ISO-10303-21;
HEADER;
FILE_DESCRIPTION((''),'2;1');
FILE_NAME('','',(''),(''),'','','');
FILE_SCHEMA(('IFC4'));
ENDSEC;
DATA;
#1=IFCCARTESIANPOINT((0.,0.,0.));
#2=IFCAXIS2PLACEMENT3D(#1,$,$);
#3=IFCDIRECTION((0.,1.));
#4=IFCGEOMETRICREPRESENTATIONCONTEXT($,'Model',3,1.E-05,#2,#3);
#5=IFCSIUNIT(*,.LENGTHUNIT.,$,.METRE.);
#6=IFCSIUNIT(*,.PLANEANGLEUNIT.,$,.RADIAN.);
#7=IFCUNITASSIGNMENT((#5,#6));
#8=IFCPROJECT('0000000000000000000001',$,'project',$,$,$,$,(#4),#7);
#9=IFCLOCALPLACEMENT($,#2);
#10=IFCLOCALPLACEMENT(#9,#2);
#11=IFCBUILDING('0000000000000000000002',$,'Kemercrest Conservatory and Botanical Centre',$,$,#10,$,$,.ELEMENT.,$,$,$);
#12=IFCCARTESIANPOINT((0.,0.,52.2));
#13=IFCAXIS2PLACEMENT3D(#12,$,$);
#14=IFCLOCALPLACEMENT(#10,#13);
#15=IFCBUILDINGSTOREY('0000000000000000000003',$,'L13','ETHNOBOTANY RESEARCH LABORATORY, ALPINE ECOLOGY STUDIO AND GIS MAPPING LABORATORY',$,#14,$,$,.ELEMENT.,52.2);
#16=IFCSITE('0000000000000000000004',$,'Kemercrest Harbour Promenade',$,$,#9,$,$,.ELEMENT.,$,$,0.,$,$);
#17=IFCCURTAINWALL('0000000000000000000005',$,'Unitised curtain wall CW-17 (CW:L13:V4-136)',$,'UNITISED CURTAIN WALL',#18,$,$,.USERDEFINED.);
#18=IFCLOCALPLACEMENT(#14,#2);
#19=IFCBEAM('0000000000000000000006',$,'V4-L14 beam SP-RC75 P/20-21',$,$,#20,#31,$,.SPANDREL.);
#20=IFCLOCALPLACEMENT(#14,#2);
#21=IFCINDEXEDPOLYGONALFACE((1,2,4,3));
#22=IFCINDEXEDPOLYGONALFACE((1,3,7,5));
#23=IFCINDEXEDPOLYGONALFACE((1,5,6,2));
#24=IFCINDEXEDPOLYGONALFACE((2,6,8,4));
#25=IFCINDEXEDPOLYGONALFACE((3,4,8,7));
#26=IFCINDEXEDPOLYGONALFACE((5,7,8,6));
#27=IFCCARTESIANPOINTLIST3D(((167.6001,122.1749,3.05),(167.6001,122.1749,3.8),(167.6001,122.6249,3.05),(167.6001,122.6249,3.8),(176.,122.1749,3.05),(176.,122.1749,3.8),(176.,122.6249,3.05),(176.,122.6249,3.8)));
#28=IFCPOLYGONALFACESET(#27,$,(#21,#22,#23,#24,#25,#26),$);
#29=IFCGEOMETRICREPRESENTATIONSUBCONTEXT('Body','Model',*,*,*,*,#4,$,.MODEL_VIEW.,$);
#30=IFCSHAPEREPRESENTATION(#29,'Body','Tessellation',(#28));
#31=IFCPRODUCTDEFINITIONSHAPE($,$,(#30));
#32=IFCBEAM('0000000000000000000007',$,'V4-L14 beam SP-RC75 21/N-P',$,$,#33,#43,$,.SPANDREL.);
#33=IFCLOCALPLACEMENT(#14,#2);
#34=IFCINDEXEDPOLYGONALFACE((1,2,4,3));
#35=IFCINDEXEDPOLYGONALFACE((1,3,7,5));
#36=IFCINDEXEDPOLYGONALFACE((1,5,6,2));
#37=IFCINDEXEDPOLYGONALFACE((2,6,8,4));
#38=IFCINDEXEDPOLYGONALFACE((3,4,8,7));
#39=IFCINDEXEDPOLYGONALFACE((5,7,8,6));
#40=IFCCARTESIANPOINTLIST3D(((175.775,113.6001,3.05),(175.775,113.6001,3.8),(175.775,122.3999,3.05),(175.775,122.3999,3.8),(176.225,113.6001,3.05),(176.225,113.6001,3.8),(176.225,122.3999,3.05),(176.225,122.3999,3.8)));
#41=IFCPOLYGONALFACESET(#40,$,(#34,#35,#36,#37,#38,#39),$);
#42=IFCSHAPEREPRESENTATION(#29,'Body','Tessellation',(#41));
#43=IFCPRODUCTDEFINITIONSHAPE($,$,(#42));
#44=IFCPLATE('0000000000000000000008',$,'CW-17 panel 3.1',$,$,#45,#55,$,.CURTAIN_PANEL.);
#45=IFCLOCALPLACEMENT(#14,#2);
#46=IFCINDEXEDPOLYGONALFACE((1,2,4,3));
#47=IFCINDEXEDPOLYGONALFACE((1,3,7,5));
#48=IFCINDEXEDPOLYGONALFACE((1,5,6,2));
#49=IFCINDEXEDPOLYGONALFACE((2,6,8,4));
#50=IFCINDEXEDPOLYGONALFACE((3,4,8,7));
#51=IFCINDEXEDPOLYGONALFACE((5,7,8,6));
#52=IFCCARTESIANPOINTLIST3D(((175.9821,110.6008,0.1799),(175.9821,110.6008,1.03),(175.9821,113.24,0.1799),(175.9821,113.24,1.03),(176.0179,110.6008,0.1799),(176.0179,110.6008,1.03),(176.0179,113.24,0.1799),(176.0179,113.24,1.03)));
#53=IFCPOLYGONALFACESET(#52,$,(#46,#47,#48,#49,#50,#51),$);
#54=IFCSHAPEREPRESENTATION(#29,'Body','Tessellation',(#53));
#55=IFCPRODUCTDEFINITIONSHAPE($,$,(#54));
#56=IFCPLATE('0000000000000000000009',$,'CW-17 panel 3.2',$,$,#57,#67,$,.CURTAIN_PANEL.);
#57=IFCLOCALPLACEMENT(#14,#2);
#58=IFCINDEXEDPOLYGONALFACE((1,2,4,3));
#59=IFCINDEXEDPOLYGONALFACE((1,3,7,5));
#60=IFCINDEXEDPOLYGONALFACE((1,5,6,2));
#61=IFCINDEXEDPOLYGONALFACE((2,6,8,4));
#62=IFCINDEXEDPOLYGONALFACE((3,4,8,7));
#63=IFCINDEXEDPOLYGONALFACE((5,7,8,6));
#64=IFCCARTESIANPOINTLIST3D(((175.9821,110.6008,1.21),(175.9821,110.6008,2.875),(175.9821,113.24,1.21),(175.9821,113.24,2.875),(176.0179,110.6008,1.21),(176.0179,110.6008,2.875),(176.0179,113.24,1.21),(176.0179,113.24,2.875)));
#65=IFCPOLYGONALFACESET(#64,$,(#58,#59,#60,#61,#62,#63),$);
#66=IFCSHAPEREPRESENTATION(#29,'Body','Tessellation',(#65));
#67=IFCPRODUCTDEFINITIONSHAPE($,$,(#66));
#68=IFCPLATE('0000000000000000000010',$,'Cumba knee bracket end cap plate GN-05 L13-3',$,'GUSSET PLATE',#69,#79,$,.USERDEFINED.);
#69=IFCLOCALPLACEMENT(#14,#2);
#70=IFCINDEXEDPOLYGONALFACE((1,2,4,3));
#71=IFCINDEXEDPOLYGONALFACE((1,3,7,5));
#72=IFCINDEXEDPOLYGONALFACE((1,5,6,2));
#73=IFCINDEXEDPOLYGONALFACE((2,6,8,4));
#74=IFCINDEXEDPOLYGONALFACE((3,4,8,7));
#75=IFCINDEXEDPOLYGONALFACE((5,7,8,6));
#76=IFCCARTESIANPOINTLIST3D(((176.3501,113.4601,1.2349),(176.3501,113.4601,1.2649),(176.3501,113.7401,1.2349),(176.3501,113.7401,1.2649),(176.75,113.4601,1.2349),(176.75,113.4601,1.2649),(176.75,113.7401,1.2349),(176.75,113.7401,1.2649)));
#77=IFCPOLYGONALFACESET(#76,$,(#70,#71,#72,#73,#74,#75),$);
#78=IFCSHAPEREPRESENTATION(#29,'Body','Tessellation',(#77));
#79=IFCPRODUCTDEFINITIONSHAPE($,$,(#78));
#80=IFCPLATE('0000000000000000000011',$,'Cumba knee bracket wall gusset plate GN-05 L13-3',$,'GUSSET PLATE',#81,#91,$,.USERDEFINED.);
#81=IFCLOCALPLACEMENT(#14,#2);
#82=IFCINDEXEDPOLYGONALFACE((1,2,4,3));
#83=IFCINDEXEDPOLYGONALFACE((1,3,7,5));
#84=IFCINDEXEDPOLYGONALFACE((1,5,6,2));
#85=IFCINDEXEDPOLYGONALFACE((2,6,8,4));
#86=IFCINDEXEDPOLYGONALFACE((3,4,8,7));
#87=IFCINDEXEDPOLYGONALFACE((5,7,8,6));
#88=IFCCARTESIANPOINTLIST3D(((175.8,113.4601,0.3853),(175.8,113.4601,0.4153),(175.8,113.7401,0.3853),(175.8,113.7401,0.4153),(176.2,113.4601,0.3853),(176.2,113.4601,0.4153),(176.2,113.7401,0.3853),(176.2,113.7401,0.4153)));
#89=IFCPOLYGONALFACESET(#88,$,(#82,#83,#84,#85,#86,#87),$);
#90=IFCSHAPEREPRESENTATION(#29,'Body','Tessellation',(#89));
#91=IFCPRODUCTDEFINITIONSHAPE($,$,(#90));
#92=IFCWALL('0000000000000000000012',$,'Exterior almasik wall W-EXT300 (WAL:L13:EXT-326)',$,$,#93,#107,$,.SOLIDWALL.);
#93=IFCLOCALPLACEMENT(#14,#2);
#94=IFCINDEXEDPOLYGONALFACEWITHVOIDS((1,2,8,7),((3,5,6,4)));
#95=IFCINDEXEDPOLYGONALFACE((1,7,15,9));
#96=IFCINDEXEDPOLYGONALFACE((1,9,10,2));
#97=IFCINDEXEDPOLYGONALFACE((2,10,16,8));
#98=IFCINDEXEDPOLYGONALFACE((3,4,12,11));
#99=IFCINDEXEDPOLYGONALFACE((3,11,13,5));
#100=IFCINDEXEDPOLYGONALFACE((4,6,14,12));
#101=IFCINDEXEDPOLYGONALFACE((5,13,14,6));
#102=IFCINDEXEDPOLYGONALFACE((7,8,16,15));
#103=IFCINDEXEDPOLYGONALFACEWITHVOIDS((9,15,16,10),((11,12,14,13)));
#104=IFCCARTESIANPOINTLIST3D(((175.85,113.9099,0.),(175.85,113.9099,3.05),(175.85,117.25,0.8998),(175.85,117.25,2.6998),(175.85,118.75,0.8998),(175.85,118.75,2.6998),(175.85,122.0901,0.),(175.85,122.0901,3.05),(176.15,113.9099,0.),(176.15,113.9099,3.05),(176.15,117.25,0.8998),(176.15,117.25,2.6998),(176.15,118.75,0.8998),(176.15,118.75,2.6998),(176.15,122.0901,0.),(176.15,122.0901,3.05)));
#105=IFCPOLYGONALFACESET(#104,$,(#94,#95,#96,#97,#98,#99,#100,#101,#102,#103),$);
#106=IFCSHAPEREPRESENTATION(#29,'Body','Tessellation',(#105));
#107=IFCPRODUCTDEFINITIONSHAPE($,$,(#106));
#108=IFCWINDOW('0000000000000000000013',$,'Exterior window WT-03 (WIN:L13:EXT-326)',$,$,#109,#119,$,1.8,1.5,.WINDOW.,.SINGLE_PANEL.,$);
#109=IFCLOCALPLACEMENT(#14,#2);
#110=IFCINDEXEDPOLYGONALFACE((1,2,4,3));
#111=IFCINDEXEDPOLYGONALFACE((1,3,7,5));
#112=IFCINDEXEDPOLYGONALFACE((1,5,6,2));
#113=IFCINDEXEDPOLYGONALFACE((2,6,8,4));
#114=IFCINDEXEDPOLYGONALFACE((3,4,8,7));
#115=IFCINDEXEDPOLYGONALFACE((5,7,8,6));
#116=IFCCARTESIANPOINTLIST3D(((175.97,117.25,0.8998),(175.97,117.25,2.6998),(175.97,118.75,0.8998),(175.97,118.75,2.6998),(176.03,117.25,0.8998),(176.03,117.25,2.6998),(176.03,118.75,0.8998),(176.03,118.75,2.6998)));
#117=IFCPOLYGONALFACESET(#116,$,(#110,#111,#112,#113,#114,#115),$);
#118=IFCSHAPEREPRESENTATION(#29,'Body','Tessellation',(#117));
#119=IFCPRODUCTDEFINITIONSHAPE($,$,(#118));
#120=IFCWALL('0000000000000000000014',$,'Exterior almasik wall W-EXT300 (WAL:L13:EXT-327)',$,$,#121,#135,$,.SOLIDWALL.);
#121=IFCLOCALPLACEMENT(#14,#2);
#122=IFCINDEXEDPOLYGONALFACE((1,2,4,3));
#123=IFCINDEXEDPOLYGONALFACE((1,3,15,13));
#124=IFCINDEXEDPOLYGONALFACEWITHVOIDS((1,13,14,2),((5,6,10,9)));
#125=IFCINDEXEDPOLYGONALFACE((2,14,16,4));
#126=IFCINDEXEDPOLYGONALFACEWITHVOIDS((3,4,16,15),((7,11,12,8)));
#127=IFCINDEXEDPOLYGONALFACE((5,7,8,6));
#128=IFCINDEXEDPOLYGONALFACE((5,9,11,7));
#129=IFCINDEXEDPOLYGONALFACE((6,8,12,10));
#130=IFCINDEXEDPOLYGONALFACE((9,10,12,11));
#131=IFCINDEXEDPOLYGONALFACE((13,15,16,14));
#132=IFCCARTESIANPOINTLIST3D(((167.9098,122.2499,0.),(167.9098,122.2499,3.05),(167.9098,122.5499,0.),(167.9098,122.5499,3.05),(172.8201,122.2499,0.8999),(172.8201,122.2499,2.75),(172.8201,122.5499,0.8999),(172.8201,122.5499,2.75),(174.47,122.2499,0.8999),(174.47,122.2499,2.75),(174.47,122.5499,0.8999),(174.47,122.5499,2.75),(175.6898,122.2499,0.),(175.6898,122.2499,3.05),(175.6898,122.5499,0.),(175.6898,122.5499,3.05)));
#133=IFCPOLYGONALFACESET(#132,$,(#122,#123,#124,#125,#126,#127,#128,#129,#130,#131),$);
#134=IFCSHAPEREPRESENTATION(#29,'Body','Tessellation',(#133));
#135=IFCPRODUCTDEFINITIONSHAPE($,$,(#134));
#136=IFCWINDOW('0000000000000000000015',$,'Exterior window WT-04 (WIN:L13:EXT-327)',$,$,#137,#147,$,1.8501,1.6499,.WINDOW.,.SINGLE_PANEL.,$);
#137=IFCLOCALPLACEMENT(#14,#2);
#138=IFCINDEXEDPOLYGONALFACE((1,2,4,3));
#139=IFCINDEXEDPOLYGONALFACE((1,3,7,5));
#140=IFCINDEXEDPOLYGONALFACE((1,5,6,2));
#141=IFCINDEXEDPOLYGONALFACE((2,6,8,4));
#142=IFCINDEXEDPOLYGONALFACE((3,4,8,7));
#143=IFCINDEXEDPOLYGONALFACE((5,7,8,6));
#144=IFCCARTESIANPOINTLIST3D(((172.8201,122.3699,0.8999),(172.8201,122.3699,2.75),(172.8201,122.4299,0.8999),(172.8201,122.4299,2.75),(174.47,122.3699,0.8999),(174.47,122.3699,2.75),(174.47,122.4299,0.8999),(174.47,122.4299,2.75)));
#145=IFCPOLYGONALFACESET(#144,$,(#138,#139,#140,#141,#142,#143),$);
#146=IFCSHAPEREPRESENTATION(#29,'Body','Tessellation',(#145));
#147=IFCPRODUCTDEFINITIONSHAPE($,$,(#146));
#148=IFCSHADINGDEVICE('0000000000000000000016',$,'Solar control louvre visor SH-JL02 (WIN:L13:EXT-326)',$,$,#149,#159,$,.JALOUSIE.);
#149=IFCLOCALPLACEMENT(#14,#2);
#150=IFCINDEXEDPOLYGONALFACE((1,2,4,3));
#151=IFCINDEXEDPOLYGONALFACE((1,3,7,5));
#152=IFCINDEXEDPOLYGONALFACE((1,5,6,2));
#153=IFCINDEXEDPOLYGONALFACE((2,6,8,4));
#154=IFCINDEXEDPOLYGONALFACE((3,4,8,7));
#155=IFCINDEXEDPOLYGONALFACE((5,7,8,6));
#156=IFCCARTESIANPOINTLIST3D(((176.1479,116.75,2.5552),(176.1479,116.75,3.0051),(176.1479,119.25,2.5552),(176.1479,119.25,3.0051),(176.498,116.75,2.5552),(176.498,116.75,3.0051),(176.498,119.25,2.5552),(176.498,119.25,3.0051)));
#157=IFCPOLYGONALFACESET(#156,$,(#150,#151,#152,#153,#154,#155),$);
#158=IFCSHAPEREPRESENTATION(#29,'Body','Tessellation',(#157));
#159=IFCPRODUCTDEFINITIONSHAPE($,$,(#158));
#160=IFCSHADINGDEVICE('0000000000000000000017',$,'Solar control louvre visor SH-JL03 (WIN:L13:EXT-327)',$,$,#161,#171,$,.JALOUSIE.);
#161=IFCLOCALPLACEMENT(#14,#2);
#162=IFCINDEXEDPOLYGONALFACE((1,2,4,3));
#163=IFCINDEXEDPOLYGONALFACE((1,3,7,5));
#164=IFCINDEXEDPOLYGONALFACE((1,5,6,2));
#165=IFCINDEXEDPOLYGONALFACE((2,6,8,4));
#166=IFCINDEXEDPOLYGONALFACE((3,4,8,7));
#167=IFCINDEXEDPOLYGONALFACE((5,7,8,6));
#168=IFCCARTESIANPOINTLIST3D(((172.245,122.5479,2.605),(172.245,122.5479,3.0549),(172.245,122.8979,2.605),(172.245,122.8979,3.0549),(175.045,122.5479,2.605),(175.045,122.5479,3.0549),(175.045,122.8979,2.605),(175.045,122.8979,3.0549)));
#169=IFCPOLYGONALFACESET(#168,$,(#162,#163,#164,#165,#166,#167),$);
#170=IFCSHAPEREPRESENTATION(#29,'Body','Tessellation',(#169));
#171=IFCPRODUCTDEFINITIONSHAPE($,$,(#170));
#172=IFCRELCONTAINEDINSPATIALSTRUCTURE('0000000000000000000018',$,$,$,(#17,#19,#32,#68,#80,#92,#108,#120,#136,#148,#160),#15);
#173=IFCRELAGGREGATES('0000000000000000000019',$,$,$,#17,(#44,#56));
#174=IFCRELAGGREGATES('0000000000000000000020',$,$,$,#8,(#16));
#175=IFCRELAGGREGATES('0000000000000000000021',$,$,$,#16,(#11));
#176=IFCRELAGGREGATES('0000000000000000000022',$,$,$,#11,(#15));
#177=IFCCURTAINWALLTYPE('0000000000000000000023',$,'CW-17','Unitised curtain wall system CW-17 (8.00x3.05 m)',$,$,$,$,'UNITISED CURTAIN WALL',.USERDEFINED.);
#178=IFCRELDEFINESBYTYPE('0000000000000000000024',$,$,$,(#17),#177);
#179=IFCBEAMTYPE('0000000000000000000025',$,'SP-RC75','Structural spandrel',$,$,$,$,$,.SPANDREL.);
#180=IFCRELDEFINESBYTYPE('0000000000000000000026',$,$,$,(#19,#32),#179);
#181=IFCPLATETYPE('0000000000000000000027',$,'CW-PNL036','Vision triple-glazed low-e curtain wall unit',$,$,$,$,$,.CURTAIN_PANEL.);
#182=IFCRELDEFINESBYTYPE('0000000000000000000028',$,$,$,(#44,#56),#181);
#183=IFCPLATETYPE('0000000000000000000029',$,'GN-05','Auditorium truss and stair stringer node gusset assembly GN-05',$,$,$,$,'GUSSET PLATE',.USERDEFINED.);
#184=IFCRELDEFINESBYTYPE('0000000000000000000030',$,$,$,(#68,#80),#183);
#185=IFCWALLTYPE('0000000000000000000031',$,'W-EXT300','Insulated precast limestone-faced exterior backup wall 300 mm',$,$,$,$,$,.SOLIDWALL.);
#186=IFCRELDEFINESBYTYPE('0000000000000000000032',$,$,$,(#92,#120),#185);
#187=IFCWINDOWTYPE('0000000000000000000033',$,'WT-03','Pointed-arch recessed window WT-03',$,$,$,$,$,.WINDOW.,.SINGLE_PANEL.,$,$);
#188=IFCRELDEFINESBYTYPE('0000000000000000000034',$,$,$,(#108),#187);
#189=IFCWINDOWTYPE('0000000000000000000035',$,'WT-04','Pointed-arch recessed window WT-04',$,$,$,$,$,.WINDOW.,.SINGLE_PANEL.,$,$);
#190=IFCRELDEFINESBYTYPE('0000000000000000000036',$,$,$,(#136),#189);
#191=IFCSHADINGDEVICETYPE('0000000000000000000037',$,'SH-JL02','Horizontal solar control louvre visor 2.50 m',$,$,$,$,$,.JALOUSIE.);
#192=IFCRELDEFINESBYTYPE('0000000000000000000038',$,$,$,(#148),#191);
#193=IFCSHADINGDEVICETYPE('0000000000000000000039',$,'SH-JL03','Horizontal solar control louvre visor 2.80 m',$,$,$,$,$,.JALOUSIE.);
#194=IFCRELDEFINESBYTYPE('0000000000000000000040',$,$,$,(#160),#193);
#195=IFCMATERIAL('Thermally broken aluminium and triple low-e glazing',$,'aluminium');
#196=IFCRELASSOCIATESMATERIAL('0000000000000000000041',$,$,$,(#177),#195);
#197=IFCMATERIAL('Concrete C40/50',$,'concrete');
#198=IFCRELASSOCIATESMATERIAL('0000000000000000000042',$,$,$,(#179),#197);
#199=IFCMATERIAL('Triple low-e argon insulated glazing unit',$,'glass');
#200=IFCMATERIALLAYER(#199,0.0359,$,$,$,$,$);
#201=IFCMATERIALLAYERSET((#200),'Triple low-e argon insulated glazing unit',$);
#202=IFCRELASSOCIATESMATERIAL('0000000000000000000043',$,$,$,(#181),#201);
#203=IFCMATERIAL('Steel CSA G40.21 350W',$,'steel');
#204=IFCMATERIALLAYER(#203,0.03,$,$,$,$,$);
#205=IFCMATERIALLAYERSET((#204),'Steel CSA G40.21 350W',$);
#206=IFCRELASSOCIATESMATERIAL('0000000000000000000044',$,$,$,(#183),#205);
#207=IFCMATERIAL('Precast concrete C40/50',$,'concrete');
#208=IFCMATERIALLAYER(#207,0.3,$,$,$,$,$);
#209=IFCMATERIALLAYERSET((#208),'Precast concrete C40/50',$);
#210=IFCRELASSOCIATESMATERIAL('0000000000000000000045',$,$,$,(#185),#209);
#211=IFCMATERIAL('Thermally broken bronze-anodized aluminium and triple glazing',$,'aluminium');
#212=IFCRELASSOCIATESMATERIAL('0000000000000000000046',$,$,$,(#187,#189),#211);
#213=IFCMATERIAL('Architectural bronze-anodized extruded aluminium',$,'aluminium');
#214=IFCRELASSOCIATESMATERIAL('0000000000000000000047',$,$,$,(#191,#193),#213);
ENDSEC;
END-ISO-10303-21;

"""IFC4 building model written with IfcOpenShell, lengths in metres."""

from ifc_helpers import new_model, si_unit, direction, frame, frame_2d, origin, origin_2d, place, context, subcontext, project, spatial, rectangle, extrude, material, layer, layer_set, material_profile, profile_set, type_object, element, fill, aggregate, save


model = new_model("IFC4")

# Units and contexts
model_context = context("Model", 3, precision=1e-05, world=origin(), true_north=direction((0.0, 1.0)))
body_context = subcontext(model_context, "Body", "Model", "MODEL_VIEW")
ifc_project = project(units=[si_unit("LENGTHUNIT", "METRE"), si_unit("PLANEANGLEUNIT", "RADIAN")], contexts=[model_context])

# Site, building, storey
site_placement = place(None, origin())
site = spatial("IfcSite", under=ifc_project, at=site_placement, Name="Kemercrest Harbour Promenade", CompositionType="ELEMENT", RefElevation=0.0)
building_placement = place(site_placement, origin())
building = spatial("IfcBuilding", under=site, at=building_placement, Name="Kemercrest Conservatory and Botanical Centre", CompositionType="ELEMENT")
storey_placement = place(building_placement, frame((0.0, 0.0, 52.2)))
storey = spatial("IfcBuildingStorey", under=building, at=storey_placement, Name="L13", Description="ETHNOBOTANY RESEARCH LABORATORY, ALPINE ECOLOGY STUDIO AND GIS MAPPING LABORATORY", CompositionType="ELEMENT", Elevation=52.2)

# Shared definitions
ifc_material_1 = material(Name="Concrete C40/50", Category="concrete")

# Shared definitions
ifc_material_2 = material(Name="Steel CSA G40.21 350W", Category="steel")

# Curtain wall
ifc_material_3 = material(Name="Thermally broken aluminium and triple low-e glazing", Category="aluminium")
curtain_wall_type = type_object("IfcCurtainWallType", Name="CW-17", Description="Unitised curtain wall system CW-17 (8.00x3.05 m)", ElementType="UNITISED CURTAIN WALL", PredefinedType="USERDEFINED", material=ifc_material_3)
curtain_wall_placement = place(storey_placement, origin())
curtain_wall = element("IfcCurtainWall", 1, at=curtain_wall_placement, inside=storey, type_object=curtain_wall_type, Name="Unitised curtain wall CW-17 (CW:L13:V4-136)", ObjectType="UNITISED CURTAIN WALL", PredefinedType="USERDEFINED")

# Beams
ifc_material_profile_1 = material_profile(ifc_material_1, rectangle(XDim=0.45, YDim=0.75, at=origin_2d()), Name="RC 450x750")
ifc_profile_set_1 = profile_set([ifc_material_profile_1], Name="Concrete C40/50")
beam_type_1 = type_object("IfcBeamType", Name="SP-RC75", Description="Structural spandrel", PredefinedType="SPANDREL", material=ifc_profile_set_1)
beam_1_placement = place(storey_placement, frame((167.6001, 122.3999, 3.425), z_axis=(1.0, 0.0, 0.0), x_axis=(0.0, 1.0, 0.0)))
element("IfcBeam", 2, at=beam_1_placement, inside=storey, type_object=beam_type_1, Name="V4-L14 beam SP-RC75 P/20-21", PredefinedType="SPANDREL", context=body_context, shape_type="SweptSolid", body=[
    extrude(rectangle(XDim=0.45, YDim=0.75, at=origin_2d()), origin(), (0.0, 0.0, 1.0), 8.3999),
])
beam_2_placement = place(storey_placement, frame((176.0, 113.6001, 3.425), z_axis=(0.0, 1.0, 0.0), x_axis=(-1.0, 0.0, 0.0)))
element("IfcBeam", 3, at=beam_2_placement, inside=storey, type_object=beam_type_1, Name="V4-L14 beam SP-RC75 21/N-P", PredefinedType="SPANDREL", context=body_context, shape_type="SweptSolid", body=[
    extrude(rectangle(XDim=0.45, YDim=0.75, at=origin_2d()), origin(), (0.0, 0.0, 1.0), 8.7998),
])

# Plates
ifc_material_4 = material(Name="Triple low-e argon insulated glazing unit", Category="glass")
ifc_layer_1 = layer(ifc_material_4, 0.0359)
ifc_layer_set_1 = layer_set([ifc_layer_1], Name="Triple low-e argon insulated glazing unit")
plate_type_1 = type_object("IfcPlateType", Name="CW-PNL036", Description="Vision triple-glazed low-e curtain wall unit", PredefinedType="CURTAIN_PANEL", material=ifc_layer_set_1)
plate_1_placement = place(storey_placement, frame((176.0, 111.9204, 0.1799), z_axis=(0.0, 0.0, 1.0), x_axis=(0.0, 1.0, 0.0)))
plate_1 = element("IfcPlate", 4, at=plate_1_placement, type_object=plate_type_1, Name="CW-17 panel 3.1", PredefinedType="CURTAIN_PANEL", context=body_context, shape_type="SweptSolid", body=[
    extrude(rectangle(XDim=2.6392, YDim=0.0359, at=origin_2d()), origin(), (0.0, 0.0, 1.0), 0.8501),
])
plate_2_placement = place(storey_placement, frame((176.0, 111.9204, 1.21), z_axis=(0.0, 0.0, 1.0), x_axis=(0.0, 1.0, 0.0)))
plate_2 = element("IfcPlate", 5, at=plate_2_placement, type_object=plate_type_1, Name="CW-17 panel 3.2", PredefinedType="CURTAIN_PANEL", context=body_context, shape_type="SweptSolid", body=[
    extrude(rectangle(XDim=2.6392, YDim=0.0359, at=origin_2d()), origin(), (0.0, 0.0, 1.0), 1.665),
])
aggregate(curtain_wall, [plate_1, plate_2])

# Plates
ifc_layer_2 = layer(ifc_material_2, 0.03)
ifc_layer_set_2 = layer_set([ifc_layer_2], Name="Steel CSA G40.21 350W")
plate_type_2 = type_object("IfcPlateType", Name="GN-05", Description="Auditorium truss and stair stringer node gusset assembly GN-05", ElementType="GUSSET PLATE", PredefinedType="USERDEFINED", material=ifc_layer_set_2)
for number, where, z_axis, x_axis, name in (
    (6, (176.55, 113.6001, 1.2349), (0.0, 0.0, 1.0), (1.0, 0.0, 0.0), "Cumba knee bracket end cap plate GN-05 L13-3"),
    (7, (176.0, 113.6001, 0.3853), (0.0, 0.0, 1.0), (1.0, 0.0, 0.0), "Cumba knee bracket wall gusset plate GN-05 L13-3"),
):
    element("IfcPlate", number, at=place(storey_placement, frame(where, z_axis=z_axis, x_axis=x_axis)), inside=storey, type_object=plate_type_2, Name=name, ObjectType="GUSSET PLATE", PredefinedType="USERDEFINED", context=body_context, shape_type="SweptSolid", body=[
        extrude(rectangle(XDim=0.3999, YDim=0.28, at=origin_2d()), origin(), (0.0, 0.0, 1.0), 0.03),
    ])

# Walls, openings, windows
ifc_material_5 = material(Name="Precast concrete C40/50", Category="concrete")
ifc_layer_3 = layer(ifc_material_5, 0.3)
ifc_layer_set_3 = layer_set([ifc_layer_3], Name="Precast concrete C40/50")
wall_type = type_object("IfcWallType", Name="W-EXT300", Description="Insulated precast limestone-faced exterior backup wall 300 mm", PredefinedType="SOLIDWALL", material=ifc_layer_set_3)
wall_1_placement = place(storey_placement, frame((176.0, 113.9099, 0.0), z_axis=(0.0, 0.0, 1.0), x_axis=(0.0, 1.0, 0.0)))
wall_1 = element("IfcWall", 8, at=wall_1_placement, inside=storey, type_object=wall_type, Name="Exterior almasik wall W-EXT300 (WAL:L13:EXT-326)", PredefinedType="SOLIDWALL", context=body_context, shape_type="SweptSolid", body=[
    extrude(rectangle(XDim=8.1802, YDim=0.3, at=frame_2d((4.0901, 0.0))), origin(), (0.0, 0.0, 1.0), 3.05),
])
opening_1_placement = place(wall_1_placement, frame((3.3401, 0.0, 0.8999)))
opening_1 = element("IfcOpeningElement", 9, at=opening_1_placement, cuts=wall_1, PredefinedType="OPENING", context=body_context, shape_type="SweptSolid", body=[
    extrude(rectangle(XDim=1.5, YDim=1.8, at=frame_2d((0.75, 0.8999))), frame((0.0, 0.1602, 0.0), z_axis=(0.0, -1.0, 0.0), x_axis=(1.0, 0.0, 0.0)), (0.0, 0.0, 1.0), 0.3201),
])
ifc_material_6 = material(Name="Thermally broken bronze-anodized aluminium and triple glazing", Category="aluminium")
window_type_1 = type_object("IfcWindowType", Name="WT-03", Description="Pointed-arch recessed window WT-03", PartitioningType="SINGLE_PANEL", PredefinedType="WINDOW", material=ifc_material_6)
window_1_placement = place(opening_1_placement, origin())
window_1 = element("IfcWindow", 10, at=window_1_placement, inside=storey, type_object=window_type_1, Name="Exterior window WT-03 (WIN:L13:EXT-326)", OverallHeight=1.8, OverallWidth=1.5, PartitioningType="SINGLE_PANEL", PredefinedType="WINDOW", context=body_context, shape_type="SweptSolid", body=[
    extrude(rectangle(XDim=1.5, YDim=1.8, at=frame_2d((0.75, 0.8999))), frame((0.0, 0.03, 0.0), z_axis=(0.0, -1.0, 0.0), x_axis=(1.0, 0.0, 0.0)), (0.0, 0.0, 1.0), 0.0601),
])
fill(opening_1, window_1)
wall_2_placement = place(storey_placement, frame((175.6899, 122.3999, 0.0), z_axis=(0.0, 0.0, 1.0), x_axis=(-1.0, 0.0, 0.0)))
wall_2 = element("IfcWall", 11, at=wall_2_placement, inside=storey, type_object=wall_type, Name="Exterior almasik wall W-EXT300 (WAL:L13:EXT-327)", PredefinedType="SOLIDWALL", context=body_context, shape_type="SweptSolid", body=[
    extrude(rectangle(XDim=7.78, YDim=0.3, at=frame_2d((3.8901, 0.0))), origin(), (0.0, 0.0, 1.0), 3.05),
])
opening_2_placement = place(wall_2_placement, frame((1.22, 0.0, 0.8999)))
opening_2 = element("IfcOpeningElement", 12, at=opening_2_placement, cuts=wall_2, PredefinedType="OPENING", context=body_context, shape_type="SweptSolid", body=[
    extrude(rectangle(XDim=1.6499, YDim=1.8501, at=frame_2d((0.825, 0.925))), frame((0.0, 0.1602, 0.0), z_axis=(0.0, -1.0, 0.0), x_axis=(1.0, 0.0, 0.0)), (0.0, 0.0, 1.0), 0.3201),
])
window_type_2 = type_object("IfcWindowType", Name="WT-04", Description="Pointed-arch recessed window WT-04", PartitioningType="SINGLE_PANEL", PredefinedType="WINDOW", material=ifc_material_6)
window_2_placement = place(opening_2_placement, origin())
window_2 = element("IfcWindow", 13, at=window_2_placement, inside=storey, type_object=window_type_2, Name="Exterior window WT-04 (WIN:L13:EXT-327)", OverallHeight=1.8501, OverallWidth=1.6499, PartitioningType="SINGLE_PANEL", PredefinedType="WINDOW", context=body_context, shape_type="SweptSolid", body=[
    extrude(rectangle(XDim=1.6499, YDim=1.8501, at=frame_2d((0.825, 0.925))), frame((0.0, 0.03, 0.0), z_axis=(0.0, -1.0, 0.0), x_axis=(1.0, 0.0, 0.0)), (0.0, 0.0, 1.0), 0.0601),
])
fill(opening_2, window_2)

# Shading devices
ifc_material_7 = material(Name="Architectural bronze-anodized extruded aluminium", Category="aluminium")
shading_device_type_1 = type_object("IfcShadingDeviceType", Name="SH-JL02", Description="Horizontal solar control louvre visor 2.50 m", PredefinedType="JALOUSIE", material=ifc_material_7)
shading_device_1_placement = place(storey_placement, frame((176.323, 118.0, 2.5552), z_axis=(0.0, 0.0, 1.0), x_axis=(0.0, 1.0, 0.0)))
element("IfcShadingDevice", 14, at=shading_device_1_placement, inside=storey, type_object=shading_device_type_1, Name="Solar control louvre visor SH-JL02 (WIN:L13:EXT-326)", PredefinedType="JALOUSIE", context=body_context, shape_type="SweptSolid", body=[
    extrude(rectangle(XDim=2.5, YDim=0.3501, at=origin_2d()), origin(), (0.0, 0.0, 1.0), 0.45),
])
shading_device_type_2 = type_object("IfcShadingDeviceType", Name="SH-JL03", Description="Horizontal solar control louvre visor 2.80 m", PredefinedType="JALOUSIE", material=ifc_material_7)
shading_device_2_placement = place(storey_placement, frame((173.645, 122.7229, 2.605), z_axis=(0.0, 0.0, 1.0), x_axis=(-1.0, 0.0, 0.0)))
element("IfcShadingDevice", 15, at=shading_device_2_placement, inside=storey, type_object=shading_device_type_2, Name="Solar control louvre visor SH-JL03 (WIN:L13:EXT-327)", PredefinedType="JALOUSIE", context=body_context, shape_type="SweptSolid", body=[
    extrude(rectangle(XDim=2.8, YDim=0.3501, at=origin_2d()), origin(), (0.0, 0.0, 1.0), 0.45),
])

save(model, "model.ifc")
